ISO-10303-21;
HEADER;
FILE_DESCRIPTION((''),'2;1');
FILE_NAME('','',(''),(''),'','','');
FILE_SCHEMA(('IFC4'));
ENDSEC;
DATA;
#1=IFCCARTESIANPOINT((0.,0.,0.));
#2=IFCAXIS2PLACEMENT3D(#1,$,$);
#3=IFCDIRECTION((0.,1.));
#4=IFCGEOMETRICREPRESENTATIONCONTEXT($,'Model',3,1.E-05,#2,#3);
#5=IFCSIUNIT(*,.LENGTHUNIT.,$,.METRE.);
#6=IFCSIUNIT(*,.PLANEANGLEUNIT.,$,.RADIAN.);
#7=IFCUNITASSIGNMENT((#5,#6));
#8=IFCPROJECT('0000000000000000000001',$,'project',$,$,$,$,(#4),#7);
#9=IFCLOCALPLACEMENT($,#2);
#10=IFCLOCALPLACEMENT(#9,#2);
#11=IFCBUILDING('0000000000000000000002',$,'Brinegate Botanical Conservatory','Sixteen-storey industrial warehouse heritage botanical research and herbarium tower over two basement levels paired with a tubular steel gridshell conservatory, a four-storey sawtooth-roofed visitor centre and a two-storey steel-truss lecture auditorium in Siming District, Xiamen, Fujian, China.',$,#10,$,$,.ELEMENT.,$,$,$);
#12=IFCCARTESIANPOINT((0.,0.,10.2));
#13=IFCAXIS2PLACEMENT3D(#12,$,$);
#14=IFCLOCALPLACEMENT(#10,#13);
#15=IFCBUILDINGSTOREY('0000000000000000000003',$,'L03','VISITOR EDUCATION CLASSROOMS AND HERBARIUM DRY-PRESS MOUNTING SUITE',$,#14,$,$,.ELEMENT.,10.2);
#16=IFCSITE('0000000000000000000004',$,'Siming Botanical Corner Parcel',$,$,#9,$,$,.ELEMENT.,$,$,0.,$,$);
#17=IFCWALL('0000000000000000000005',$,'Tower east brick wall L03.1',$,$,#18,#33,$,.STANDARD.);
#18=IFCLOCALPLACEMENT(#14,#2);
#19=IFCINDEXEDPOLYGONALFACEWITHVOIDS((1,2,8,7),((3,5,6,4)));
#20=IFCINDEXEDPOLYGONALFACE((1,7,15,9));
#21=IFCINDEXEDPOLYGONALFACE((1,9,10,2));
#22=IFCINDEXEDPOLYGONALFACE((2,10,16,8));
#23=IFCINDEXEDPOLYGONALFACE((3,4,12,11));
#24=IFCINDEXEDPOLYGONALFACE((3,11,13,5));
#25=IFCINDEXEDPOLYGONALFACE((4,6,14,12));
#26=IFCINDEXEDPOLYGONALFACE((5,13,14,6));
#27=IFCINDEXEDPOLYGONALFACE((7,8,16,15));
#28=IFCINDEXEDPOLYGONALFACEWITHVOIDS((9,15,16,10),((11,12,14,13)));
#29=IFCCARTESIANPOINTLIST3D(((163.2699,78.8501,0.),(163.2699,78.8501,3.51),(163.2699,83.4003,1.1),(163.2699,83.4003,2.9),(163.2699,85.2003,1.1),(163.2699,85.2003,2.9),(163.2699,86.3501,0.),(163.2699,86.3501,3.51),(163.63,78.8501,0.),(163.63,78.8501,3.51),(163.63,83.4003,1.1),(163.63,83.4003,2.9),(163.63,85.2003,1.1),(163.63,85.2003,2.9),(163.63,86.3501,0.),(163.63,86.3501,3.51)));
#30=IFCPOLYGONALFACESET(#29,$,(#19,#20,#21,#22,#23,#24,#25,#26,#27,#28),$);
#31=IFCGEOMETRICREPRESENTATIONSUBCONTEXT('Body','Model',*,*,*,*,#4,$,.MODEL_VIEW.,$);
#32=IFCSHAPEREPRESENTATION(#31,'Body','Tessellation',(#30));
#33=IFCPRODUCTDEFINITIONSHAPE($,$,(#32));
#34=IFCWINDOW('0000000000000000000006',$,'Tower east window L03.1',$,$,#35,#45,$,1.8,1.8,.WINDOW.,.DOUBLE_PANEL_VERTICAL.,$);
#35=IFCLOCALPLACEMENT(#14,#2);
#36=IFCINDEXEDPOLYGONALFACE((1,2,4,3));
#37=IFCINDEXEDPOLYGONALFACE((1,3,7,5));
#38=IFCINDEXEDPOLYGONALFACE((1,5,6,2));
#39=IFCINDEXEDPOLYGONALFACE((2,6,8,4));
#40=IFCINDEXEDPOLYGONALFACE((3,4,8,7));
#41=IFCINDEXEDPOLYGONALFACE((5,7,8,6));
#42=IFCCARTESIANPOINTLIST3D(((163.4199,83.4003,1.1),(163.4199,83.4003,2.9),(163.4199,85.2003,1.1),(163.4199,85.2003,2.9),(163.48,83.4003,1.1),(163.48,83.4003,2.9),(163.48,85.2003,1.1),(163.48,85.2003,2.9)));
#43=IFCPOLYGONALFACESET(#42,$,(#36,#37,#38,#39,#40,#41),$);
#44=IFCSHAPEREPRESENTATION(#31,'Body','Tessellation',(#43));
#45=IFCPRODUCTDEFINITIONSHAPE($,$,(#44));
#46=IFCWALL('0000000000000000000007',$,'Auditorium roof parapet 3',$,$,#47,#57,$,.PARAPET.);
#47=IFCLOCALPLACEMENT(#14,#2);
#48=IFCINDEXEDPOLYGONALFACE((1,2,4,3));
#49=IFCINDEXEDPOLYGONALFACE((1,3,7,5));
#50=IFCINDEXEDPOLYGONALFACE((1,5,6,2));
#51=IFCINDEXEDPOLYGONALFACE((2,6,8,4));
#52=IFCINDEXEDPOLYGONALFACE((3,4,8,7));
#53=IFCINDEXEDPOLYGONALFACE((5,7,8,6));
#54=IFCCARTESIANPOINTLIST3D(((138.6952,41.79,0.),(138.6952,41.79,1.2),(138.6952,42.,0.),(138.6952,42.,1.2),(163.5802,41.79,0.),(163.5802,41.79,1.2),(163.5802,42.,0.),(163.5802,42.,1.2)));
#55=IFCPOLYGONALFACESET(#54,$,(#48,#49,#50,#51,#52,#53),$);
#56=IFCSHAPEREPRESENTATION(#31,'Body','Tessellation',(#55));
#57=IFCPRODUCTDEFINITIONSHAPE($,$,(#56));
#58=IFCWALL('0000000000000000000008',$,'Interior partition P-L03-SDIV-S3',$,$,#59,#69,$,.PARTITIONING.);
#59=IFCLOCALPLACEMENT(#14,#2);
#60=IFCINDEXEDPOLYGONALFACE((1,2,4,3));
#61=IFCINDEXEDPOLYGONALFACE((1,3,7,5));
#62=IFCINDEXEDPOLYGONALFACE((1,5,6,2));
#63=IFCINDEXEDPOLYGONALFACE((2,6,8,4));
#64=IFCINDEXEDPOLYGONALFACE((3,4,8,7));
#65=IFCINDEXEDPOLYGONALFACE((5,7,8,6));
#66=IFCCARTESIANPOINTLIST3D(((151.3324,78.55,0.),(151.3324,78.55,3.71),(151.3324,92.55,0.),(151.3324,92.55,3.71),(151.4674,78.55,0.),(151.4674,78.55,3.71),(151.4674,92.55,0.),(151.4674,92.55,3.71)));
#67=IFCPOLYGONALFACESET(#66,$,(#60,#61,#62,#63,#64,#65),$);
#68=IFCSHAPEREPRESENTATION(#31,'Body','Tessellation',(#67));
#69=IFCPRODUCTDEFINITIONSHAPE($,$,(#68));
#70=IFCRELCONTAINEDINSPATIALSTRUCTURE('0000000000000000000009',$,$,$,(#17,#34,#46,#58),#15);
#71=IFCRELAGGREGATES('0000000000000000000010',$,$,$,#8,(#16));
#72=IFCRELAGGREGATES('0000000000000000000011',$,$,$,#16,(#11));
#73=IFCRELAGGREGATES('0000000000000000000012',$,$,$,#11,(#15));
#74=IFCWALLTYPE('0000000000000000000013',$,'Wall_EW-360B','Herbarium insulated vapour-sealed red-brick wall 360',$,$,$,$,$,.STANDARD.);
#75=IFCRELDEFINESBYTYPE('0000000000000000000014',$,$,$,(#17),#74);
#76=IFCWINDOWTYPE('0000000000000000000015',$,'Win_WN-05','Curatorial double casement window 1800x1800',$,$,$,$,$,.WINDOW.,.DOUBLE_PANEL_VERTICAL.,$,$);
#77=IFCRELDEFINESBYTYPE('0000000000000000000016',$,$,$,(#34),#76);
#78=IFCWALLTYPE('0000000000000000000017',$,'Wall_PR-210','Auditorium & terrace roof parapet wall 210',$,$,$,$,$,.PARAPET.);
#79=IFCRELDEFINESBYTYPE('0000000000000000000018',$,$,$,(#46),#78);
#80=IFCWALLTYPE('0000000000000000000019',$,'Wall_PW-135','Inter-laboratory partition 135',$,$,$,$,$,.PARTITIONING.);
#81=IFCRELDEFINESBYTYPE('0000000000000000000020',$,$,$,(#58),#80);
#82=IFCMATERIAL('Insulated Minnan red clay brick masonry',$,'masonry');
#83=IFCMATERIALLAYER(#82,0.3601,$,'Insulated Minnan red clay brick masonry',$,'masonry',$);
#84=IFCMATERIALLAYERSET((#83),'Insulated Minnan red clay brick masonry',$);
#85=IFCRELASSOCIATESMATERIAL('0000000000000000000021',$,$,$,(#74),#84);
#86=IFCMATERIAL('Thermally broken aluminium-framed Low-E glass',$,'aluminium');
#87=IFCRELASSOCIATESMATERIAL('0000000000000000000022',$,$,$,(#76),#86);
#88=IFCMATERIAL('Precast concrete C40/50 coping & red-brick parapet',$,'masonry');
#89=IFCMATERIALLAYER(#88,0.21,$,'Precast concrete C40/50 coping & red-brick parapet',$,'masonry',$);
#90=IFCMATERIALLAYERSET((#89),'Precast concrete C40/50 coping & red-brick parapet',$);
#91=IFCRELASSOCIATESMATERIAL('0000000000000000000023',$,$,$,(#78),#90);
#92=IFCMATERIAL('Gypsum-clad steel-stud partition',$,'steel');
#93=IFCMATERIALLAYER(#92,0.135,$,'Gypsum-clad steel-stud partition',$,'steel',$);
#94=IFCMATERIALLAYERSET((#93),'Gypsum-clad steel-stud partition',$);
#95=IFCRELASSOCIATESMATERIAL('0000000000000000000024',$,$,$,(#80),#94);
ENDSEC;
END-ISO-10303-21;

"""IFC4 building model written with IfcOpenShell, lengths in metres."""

from ifc_helpers import new_model, si_unit, direction, frame, frame_2d, origin, place, context, subcontext, project, spatial, rectangle, extrude, material, layer, layer_set, type_object, element, fill, save


model = new_model("IFC4")

# Units and contexts
model_context = context("Model", 3, precision=1e-05, world=origin(), true_north=direction((0.0, 1.0)))
body_context = subcontext(model_context, "Body", "Model", "MODEL_VIEW")
ifc_project = project(units=[si_unit("LENGTHUNIT", "METRE"), si_unit("PLANEANGLEUNIT", "RADIAN")], contexts=[model_context])

# Site, building, storey
site_placement = place(None, origin())
site = spatial("IfcSite", under=ifc_project, at=site_placement, Name="Siming Botanical Corner Parcel", CompositionType="ELEMENT", RefElevation=0.0)
building_placement = place(site_placement, origin())
building = spatial("IfcBuilding", under=site, at=building_placement, Name="Brinegate Botanical Conservatory", Description="Sixteen-storey industrial warehouse heritage botanical research and herbarium tower over two basement levels paired with a tubular steel gridshell conservatory, a four-storey sawtooth-roofed visitor centre and a two-storey steel-truss lecture auditorium in Siming District, Xiamen, Fujian, China.", CompositionType="ELEMENT")
storey_placement = place(building_placement, frame((0.0, 0.0, 10.2)))
storey = spatial("IfcBuildingStorey", under=building, at=storey_placement, Name="L03", Description="VISITOR EDUCATION CLASSROOMS AND HERBARIUM DRY-PRESS MOUNTING SUITE", CompositionType="ELEMENT", Elevation=10.2)

# Wall, opening, window
ifc_material_1 = material(Name="Insulated Minnan red clay brick masonry", Category="masonry")
ifc_layer_1 = layer(ifc_material_1, 0.3601, Name="Insulated Minnan red clay brick masonry", Category="masonry")
ifc_layer_set_1 = layer_set([ifc_layer_1], Name="Insulated Minnan red clay brick masonry")
wall_type_1 = type_object("IfcWallType", Name="Wall_EW-360B", Description="Herbarium insulated vapour-sealed red-brick wall 360", PredefinedType="STANDARD", material=ifc_layer_set_1)
ifc_material_2 = material(Name="Thermally broken aluminium-framed Low-E glass", Category="aluminium")
wall_1_placement = place(storey_placement, frame((163.45, 86.3501, 0.0), z_axis=(0.0, 0.0, 1.0), x_axis=(0.0, -1.0, 0.0)))
wall_1 = element("IfcWall", 1, at=wall_1_placement, inside=storey, type_object=wall_type_1, Name="Tower east brick wall L03.1", PredefinedType="STANDARD", context=body_context, shape_type="SweptSolid", body=[
    extrude(rectangle(XDim=7.5, YDim=0.3601, at=frame_2d((3.75, 0.0))), origin(), (0.0, 0.0, 1.0), 3.51),
])
opening_1_placement = place(wall_1_placement, frame((1.1499, 0.0, 1.1001)))
opening_1 = element("IfcOpeningElement", 2, at=opening_1_placement, cuts=wall_1, PredefinedType="OPENING", context=body_context, shape_type="SweptSolid", body=[
    extrude(rectangle(XDim=1.8, YDim=1.8, at=frame_2d((0.8999, 0.8999))), frame((0.0, 0.1899, 0.0), z_axis=(0.0, -1.0, 0.0), x_axis=(1.0, 0.0, 0.0)), (0.0, 0.0, 1.0), 0.3801),
])
window_type_1 = type_object("IfcWindowType", Name="Win_WN-05", Description="Curatorial double casement window 1800x1800", PartitioningType="DOUBLE_PANEL_VERTICAL", PredefinedType="WINDOW", material=ifc_material_2)
window_1_placement = place(opening_1_placement, origin())
window_1 = element("IfcWindow", 3, at=window_1_placement, inside=storey, type_object=window_type_1, Name="Tower east window L03.1", OverallHeight=1.8, OverallWidth=1.8, PartitioningType="DOUBLE_PANEL_VERTICAL", PredefinedType="WINDOW", context=body_context, shape_type="SweptSolid", body=[
    extrude(rectangle(XDim=1.8, YDim=1.8, at=frame_2d((0.8999, 0.8999))), frame((0.0, 0.03, 0.0), z_axis=(0.0, -1.0, 0.0), x_axis=(1.0, 0.0, 0.0)), (0.0, 0.0, 1.0), 0.0601),
])
fill(opening_1, window_1)

# Walls
ifc_material_3 = material(Name="Precast concrete C40/50 coping & red-brick parapet", Category="masonry")
ifc_layer_2 = layer(ifc_material_3, 0.21, Name="Precast concrete C40/50 coping & red-brick parapet", Category="masonry")
ifc_layer_set_2 = layer_set([ifc_layer_2], Name="Precast concrete C40/50 coping & red-brick parapet")
wall_type_2 = type_object("IfcWallType", Name="Wall_PR-210", Description="Auditorium & terrace roof parapet wall 210", PredefinedType="PARAPET", material=ifc_layer_set_2)
wall_2_placement = place(storey_placement, frame((163.5801, 41.895, 0.0), z_axis=(0.0, 0.0, 1.0), x_axis=(-1.0, 0.0, 0.0)))
element("IfcWall", 4, at=wall_2_placement, inside=storey, type_object=wall_type_2, Name="Auditorium roof parapet 3", PredefinedType="PARAPET", context=body_context, shape_type="SweptSolid", body=[
    extrude(rectangle(XDim=24.885, YDim=0.21, at=frame_2d((12.4424, 0.0))), origin(), (0.0, 0.0, 1.0), 1.2),
])
ifc_material_4 = material(Name="Gypsum-clad steel-stud partition", Category="steel")
ifc_layer_3 = layer(ifc_material_4, 0.135, Name="Gypsum-clad steel-stud partition", Category="steel")
ifc_layer_set_3 = layer_set([ifc_layer_3], Name="Gypsum-clad steel-stud partition")
wall_type_3 = type_object("IfcWallType", Name="Wall_PW-135", Description="Inter-laboratory partition 135", PredefinedType="PARTITIONING", material=ifc_layer_set_3)
wall_3_placement = place(storey_placement, frame((151.3999, 78.55, 0.0), z_axis=(0.0, 0.0, 1.0), x_axis=(0.0, 1.0, 0.0)))
element("IfcWall", 5, at=wall_3_placement, inside=storey, type_object=wall_type_3, Name="Interior partition P-L03-SDIV-S3", PredefinedType="PARTITIONING", context=body_context, shape_type="SweptSolid", body=[
    extrude(rectangle(XDim=14.0, YDim=0.135, at=frame_2d((7.0, 0.0))), origin(), (0.0, 0.0, 1.0), 3.71),
])

save(model, "model.ifc")
